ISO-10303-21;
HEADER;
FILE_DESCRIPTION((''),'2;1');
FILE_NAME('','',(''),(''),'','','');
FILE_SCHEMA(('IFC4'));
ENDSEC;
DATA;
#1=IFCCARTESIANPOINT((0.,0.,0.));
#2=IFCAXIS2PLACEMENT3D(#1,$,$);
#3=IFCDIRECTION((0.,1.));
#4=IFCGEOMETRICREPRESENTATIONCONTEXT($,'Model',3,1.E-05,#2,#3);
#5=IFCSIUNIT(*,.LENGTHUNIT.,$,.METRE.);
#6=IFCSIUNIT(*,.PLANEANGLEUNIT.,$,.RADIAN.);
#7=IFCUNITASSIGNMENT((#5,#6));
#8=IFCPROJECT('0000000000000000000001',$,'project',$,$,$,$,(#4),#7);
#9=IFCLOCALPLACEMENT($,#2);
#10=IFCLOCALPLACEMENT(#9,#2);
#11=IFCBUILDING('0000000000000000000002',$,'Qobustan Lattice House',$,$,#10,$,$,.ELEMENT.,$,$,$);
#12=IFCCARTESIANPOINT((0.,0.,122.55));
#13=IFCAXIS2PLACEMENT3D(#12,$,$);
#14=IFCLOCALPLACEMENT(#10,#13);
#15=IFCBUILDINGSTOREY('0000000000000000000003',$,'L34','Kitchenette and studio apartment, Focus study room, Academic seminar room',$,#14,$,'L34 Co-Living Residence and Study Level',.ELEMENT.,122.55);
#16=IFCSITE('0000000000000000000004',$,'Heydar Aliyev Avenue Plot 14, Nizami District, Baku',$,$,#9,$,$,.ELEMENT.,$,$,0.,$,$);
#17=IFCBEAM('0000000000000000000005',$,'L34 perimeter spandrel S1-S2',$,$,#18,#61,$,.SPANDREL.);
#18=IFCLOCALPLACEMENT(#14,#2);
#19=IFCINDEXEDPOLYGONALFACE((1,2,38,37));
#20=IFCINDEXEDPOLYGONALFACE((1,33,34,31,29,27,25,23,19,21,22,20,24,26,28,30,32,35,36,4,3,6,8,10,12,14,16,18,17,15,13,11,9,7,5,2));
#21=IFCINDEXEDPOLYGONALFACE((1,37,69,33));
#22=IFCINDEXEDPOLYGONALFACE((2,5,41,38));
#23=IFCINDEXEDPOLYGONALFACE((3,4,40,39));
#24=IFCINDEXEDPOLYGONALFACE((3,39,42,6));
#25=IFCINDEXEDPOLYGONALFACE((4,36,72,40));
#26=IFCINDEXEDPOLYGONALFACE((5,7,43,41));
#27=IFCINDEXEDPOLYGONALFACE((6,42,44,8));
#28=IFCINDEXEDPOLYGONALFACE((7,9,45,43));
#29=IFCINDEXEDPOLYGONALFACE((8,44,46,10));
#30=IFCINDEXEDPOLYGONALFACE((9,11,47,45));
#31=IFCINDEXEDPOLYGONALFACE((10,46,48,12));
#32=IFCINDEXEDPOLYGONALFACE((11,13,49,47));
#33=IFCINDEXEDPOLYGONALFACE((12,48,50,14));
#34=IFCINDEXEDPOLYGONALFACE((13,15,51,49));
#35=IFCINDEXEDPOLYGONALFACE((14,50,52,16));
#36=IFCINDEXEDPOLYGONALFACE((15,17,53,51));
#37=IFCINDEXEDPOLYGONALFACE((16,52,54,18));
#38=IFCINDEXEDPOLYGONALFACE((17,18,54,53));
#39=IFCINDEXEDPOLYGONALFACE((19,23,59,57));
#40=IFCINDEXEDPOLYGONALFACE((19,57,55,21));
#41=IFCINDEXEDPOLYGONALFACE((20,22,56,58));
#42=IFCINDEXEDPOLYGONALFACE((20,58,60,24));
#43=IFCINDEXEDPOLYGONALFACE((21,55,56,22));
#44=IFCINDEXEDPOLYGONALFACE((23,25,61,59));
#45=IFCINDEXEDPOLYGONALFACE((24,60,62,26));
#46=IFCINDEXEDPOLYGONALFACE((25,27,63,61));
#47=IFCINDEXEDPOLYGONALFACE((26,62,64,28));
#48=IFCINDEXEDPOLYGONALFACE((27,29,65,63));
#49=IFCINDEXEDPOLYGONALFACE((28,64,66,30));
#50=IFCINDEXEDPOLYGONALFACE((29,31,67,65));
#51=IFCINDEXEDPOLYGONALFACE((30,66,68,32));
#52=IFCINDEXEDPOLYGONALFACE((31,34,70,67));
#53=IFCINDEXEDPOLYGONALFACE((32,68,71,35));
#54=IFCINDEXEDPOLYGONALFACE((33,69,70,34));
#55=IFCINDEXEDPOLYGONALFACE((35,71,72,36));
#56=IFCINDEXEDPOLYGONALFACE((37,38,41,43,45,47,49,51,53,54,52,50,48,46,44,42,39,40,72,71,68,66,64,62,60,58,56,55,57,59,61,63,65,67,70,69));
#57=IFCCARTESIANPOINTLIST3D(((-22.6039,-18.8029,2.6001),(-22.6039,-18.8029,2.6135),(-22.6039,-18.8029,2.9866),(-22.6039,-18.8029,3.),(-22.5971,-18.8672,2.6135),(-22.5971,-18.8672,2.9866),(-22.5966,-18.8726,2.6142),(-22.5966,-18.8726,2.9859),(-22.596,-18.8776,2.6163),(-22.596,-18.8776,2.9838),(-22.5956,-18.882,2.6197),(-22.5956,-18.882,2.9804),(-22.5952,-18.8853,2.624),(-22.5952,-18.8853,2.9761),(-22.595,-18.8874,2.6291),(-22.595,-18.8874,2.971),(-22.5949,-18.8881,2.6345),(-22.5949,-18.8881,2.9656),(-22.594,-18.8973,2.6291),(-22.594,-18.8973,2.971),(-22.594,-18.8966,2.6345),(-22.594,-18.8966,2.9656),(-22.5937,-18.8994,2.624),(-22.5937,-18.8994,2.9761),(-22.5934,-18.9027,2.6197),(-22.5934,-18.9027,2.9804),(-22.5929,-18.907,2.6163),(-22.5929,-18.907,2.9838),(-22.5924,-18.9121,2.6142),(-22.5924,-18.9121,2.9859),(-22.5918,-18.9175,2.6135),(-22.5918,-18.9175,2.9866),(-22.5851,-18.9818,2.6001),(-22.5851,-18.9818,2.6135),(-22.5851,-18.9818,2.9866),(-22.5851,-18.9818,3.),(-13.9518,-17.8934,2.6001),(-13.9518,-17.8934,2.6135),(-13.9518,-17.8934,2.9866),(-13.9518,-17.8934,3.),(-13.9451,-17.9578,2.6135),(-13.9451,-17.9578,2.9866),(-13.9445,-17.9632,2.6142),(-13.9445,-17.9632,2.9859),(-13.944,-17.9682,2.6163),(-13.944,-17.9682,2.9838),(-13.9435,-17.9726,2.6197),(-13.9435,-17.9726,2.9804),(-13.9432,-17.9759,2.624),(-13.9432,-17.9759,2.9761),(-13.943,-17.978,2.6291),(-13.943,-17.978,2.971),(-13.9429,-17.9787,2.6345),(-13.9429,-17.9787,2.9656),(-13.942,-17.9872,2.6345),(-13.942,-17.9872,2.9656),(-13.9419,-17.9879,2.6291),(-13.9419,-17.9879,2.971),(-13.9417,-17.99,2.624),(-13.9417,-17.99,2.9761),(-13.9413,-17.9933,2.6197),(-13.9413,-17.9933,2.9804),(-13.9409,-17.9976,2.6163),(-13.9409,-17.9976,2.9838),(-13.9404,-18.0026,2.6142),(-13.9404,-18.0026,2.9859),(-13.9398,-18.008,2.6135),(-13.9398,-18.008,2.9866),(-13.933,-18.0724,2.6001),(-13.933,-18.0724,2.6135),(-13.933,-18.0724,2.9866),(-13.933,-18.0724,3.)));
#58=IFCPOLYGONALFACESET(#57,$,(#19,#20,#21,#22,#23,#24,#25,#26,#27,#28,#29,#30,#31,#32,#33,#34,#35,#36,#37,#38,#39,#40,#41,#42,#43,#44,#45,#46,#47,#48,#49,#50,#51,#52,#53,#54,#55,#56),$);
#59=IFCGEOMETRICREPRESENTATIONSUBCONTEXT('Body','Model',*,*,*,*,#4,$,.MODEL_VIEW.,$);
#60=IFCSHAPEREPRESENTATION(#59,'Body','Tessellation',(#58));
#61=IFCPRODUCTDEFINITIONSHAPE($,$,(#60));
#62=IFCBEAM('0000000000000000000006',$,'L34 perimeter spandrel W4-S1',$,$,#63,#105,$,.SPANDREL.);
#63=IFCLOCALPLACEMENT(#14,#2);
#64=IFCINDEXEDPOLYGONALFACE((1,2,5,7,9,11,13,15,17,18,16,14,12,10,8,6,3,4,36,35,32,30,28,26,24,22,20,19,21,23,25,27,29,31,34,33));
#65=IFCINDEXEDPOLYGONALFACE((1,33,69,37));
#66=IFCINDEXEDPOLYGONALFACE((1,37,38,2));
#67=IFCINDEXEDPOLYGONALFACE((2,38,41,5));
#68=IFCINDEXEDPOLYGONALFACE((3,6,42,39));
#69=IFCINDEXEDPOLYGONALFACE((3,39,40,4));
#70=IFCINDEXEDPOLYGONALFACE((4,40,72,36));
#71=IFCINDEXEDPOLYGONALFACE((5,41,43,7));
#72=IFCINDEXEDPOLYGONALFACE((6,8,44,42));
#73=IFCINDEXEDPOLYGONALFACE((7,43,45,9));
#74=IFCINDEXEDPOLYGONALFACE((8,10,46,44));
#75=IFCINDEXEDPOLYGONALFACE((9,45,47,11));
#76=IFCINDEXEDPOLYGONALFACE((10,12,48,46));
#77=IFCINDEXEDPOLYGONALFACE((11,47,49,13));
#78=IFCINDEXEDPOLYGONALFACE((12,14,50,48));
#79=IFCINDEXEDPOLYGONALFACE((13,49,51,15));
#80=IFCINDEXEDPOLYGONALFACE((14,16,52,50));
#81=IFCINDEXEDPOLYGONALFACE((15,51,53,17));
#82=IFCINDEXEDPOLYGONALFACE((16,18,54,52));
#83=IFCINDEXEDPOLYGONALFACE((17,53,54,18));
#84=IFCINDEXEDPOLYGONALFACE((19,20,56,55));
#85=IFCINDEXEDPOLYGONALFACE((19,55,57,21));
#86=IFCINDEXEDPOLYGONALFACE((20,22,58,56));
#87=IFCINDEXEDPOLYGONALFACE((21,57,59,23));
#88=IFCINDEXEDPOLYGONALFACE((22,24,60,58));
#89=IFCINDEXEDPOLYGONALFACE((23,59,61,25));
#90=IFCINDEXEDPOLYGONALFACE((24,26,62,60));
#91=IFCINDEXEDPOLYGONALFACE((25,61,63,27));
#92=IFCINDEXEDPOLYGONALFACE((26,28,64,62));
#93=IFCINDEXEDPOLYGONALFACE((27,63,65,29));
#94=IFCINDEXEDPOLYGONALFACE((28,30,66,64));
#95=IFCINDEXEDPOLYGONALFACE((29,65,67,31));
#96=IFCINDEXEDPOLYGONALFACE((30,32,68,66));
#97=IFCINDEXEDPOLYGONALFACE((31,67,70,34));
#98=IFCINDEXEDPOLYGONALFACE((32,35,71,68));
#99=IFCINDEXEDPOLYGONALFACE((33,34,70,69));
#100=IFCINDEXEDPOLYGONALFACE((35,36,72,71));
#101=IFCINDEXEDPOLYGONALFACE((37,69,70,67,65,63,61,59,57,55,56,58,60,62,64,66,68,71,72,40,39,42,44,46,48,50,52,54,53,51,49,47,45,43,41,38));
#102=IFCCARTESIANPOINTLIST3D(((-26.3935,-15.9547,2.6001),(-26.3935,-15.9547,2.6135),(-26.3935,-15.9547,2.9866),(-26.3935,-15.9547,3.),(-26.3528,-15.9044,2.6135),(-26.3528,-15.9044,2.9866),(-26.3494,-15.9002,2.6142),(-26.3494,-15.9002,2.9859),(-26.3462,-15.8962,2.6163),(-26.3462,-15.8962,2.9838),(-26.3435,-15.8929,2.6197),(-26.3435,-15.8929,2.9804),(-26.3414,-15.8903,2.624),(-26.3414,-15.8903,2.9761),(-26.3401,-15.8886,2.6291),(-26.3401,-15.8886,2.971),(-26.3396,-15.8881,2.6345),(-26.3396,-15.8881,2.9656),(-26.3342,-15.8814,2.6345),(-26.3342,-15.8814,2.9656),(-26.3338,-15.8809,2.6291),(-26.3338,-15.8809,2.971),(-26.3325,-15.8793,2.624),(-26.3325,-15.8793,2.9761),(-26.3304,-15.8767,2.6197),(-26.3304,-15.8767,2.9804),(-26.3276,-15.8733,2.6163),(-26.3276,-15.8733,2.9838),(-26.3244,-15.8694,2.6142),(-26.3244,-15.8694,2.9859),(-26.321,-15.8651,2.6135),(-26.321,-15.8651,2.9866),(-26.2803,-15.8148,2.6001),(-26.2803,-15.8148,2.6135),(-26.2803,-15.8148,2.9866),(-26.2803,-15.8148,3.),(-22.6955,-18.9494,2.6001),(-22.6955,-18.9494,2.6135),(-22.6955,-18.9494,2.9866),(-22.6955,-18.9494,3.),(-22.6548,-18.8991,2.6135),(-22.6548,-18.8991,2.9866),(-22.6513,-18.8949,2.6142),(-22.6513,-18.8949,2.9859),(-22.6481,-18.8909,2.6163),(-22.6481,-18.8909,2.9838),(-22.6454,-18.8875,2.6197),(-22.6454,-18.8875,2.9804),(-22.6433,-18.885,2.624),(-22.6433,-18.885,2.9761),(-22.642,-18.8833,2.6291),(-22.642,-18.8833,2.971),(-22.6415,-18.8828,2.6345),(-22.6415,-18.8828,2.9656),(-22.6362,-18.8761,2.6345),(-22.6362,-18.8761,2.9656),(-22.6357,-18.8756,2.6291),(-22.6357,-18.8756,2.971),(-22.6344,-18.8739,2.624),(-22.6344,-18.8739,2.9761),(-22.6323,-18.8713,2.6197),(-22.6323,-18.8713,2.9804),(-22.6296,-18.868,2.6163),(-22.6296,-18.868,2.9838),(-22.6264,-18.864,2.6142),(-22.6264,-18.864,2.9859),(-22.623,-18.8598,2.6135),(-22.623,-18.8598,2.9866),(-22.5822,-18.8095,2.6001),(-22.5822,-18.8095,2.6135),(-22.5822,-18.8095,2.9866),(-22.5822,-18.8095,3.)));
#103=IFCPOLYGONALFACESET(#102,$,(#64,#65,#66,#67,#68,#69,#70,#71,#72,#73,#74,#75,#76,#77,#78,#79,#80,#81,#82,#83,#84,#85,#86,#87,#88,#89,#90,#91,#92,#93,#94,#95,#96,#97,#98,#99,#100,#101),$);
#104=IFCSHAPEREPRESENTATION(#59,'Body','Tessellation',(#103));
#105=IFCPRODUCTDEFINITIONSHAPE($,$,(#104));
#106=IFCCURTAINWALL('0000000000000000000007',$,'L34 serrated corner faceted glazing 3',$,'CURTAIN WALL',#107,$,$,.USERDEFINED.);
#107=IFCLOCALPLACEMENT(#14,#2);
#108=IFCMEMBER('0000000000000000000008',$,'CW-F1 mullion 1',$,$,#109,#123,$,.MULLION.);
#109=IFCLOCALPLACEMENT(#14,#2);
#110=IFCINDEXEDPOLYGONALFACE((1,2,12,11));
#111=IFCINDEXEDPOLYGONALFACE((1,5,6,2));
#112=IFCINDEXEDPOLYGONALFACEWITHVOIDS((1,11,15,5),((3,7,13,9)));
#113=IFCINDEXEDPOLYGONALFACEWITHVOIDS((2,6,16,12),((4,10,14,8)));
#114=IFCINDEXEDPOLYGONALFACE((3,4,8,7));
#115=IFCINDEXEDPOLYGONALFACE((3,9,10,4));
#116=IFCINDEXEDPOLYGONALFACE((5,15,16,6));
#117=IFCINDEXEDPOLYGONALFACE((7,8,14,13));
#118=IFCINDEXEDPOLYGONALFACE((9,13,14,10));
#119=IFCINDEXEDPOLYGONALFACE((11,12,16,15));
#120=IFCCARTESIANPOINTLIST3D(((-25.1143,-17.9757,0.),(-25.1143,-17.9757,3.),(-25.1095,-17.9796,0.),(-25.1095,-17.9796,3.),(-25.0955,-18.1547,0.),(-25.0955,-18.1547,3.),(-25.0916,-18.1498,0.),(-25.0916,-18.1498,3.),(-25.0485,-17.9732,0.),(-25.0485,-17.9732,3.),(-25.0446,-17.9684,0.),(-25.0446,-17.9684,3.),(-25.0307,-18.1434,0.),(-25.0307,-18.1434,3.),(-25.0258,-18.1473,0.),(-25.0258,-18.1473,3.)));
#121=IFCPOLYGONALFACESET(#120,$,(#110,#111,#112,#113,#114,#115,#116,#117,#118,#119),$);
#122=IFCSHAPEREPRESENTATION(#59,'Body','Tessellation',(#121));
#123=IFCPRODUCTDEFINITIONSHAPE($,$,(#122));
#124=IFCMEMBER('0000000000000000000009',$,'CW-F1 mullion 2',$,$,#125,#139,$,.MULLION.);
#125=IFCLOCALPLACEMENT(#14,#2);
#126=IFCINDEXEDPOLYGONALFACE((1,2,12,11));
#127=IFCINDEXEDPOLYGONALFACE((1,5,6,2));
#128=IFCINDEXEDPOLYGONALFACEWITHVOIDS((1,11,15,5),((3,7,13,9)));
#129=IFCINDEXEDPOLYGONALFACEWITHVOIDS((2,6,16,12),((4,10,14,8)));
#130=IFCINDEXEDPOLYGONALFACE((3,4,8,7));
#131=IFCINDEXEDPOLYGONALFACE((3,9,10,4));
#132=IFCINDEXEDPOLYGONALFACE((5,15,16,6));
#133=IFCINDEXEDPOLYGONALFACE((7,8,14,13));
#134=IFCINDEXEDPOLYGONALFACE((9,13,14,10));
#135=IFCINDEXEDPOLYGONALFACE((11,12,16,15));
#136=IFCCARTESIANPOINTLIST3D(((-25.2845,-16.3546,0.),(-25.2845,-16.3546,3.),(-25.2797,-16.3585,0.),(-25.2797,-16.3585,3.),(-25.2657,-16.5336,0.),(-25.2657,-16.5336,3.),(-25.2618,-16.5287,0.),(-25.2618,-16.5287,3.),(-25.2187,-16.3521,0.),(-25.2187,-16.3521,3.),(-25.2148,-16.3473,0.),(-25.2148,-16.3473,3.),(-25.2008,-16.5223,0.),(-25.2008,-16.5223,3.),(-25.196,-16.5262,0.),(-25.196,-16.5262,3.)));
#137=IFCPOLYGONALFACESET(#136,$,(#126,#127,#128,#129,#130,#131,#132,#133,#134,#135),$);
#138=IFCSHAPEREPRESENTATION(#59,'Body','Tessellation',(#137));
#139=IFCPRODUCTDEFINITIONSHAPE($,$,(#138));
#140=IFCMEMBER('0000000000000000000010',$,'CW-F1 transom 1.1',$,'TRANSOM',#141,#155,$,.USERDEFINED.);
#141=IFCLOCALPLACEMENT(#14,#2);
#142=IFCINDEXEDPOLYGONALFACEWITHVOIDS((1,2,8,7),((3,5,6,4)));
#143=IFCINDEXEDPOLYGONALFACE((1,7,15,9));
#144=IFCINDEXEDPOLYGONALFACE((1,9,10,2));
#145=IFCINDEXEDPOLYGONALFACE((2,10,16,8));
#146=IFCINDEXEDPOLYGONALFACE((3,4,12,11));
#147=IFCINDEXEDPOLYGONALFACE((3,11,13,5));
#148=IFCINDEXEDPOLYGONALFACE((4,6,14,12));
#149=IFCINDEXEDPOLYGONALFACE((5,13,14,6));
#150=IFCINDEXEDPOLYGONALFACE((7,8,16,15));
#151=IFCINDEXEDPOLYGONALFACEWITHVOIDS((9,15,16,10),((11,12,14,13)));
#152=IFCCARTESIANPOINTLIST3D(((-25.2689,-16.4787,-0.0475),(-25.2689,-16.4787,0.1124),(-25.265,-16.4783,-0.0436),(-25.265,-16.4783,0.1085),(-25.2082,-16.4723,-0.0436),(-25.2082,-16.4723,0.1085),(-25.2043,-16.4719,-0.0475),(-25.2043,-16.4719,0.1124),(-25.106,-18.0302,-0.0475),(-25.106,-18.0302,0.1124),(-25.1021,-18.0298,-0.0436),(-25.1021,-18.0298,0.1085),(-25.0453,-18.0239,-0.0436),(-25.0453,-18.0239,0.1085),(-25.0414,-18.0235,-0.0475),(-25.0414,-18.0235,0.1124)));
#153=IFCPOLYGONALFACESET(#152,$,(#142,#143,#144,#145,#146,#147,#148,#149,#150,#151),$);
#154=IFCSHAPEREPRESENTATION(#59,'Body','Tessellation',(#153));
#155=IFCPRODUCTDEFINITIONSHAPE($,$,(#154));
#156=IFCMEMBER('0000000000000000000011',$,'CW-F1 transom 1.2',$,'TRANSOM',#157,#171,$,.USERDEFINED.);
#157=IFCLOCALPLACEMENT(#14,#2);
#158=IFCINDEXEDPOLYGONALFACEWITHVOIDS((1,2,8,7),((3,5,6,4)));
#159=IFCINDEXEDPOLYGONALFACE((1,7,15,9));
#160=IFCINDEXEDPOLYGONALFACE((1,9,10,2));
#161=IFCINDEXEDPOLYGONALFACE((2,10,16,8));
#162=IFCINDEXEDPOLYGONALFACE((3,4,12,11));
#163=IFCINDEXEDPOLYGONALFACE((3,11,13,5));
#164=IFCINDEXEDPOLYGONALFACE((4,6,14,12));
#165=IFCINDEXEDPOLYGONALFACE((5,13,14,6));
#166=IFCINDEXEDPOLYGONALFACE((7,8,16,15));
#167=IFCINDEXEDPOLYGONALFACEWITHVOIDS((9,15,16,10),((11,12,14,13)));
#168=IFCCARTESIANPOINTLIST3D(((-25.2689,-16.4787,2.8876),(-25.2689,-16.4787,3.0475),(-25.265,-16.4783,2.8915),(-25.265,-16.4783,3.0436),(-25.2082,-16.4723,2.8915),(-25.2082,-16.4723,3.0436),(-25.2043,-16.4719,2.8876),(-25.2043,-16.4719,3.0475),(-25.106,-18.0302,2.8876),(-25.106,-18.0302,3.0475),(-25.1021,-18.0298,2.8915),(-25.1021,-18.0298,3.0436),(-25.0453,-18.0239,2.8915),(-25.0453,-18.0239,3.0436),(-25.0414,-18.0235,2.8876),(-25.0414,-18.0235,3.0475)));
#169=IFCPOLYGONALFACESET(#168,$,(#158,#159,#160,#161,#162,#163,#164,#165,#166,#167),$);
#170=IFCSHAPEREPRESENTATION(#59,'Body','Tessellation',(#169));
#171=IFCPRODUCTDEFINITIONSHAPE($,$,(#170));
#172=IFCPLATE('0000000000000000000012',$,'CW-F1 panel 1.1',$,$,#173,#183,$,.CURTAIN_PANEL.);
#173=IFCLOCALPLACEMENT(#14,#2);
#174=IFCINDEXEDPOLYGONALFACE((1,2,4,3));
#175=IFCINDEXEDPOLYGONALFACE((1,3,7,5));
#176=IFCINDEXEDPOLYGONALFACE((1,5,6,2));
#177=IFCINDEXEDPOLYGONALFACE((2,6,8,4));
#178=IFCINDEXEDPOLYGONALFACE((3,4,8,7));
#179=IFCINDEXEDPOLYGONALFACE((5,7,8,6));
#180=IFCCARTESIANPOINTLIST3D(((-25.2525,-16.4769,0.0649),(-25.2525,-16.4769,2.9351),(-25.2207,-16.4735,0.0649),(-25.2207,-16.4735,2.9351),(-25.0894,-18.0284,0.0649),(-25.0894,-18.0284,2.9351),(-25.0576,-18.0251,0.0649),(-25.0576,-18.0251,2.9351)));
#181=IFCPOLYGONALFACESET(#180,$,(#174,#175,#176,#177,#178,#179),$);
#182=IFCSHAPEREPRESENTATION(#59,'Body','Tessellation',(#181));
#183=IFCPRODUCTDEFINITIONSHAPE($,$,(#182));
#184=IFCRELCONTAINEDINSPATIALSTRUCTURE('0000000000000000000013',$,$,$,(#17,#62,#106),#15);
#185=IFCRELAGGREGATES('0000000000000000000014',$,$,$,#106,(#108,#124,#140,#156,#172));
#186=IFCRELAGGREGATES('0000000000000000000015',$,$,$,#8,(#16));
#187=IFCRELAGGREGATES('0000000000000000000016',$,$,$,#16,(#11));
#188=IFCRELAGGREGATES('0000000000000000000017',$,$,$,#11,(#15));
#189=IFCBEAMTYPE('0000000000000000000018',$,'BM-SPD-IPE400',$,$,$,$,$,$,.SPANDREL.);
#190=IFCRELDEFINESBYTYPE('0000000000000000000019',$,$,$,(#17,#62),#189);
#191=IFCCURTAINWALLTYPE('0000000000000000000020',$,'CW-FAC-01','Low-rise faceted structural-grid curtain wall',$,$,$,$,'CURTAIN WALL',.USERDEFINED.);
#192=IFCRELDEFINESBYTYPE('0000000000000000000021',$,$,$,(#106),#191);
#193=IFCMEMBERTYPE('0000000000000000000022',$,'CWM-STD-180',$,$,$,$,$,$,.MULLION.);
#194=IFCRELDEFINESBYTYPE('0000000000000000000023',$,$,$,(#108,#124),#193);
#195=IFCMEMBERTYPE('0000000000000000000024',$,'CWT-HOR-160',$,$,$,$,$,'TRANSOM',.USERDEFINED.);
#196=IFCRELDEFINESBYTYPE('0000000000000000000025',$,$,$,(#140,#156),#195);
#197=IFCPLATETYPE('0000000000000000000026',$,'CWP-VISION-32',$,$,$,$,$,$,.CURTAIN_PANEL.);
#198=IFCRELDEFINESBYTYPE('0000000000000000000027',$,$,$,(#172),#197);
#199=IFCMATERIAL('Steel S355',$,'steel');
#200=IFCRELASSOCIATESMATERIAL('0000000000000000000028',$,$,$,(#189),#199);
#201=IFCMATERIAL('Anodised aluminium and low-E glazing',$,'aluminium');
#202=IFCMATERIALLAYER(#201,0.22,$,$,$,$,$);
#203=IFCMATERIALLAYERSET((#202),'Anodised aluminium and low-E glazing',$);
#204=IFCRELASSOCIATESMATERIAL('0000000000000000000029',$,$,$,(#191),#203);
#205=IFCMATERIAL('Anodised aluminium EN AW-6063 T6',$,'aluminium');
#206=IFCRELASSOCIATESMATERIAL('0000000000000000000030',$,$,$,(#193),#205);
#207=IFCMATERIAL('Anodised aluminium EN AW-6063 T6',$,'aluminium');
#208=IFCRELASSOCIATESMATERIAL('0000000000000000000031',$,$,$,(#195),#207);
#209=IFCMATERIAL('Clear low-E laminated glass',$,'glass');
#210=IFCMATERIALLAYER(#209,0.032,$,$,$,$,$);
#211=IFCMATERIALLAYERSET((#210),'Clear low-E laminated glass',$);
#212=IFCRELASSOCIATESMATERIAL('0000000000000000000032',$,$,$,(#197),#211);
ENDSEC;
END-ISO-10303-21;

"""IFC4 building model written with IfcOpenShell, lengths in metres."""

from ifc_helpers import new_model, si_unit, direction, frame, origin, origin_2d, place, context, subcontext, project, spatial, rectangle, hollow_rectangle, i_section, extrude, material, layer, layer_set, material_profile, profile_set, type_object, element, aggregate, save


model = new_model("IFC4")

# Units and contexts
model_context = context("Model", 3, precision=1e-05, world=origin(), true_north=direction((0.0, 1.0)))
body_context = subcontext(model_context, "Body", "Model", "MODEL_VIEW")
ifc_project = project(units=[si_unit("LENGTHUNIT", "METRE"), si_unit("PLANEANGLEUNIT", "RADIAN")], contexts=[model_context])

# Site, building, storey
site_placement = place(None, origin())
site = spatial("IfcSite", under=ifc_project, at=site_placement, Name="Heydar Aliyev Avenue Plot 14, Nizami District, Baku", CompositionType="ELEMENT", RefElevation=0.0)
building_placement = place(site_placement, origin())
building = spatial("IfcBuilding", under=site, at=building_placement, Name="Qobustan Lattice House", CompositionType="ELEMENT")
storey_placement = place(building_placement, frame((0.0, 0.0, 122.55)))
storey = spatial("IfcBuildingStorey", under=building, at=storey_placement, Name="L34", Description="Kitchenette and studio apartment, Focus study room, Academic seminar room", LongName="L34 Co-Living Residence and Study Level", CompositionType="ELEMENT", Elevation=122.55)

# Beams
ifc_material_1 = material(Name="Steel S355", Category="steel")
ifc_material_profile_1 = material_profile(ifc_material_1, i_section(OverallWidth=0.1799, OverallDepth=0.3999, WebThickness=0.0085, FlangeThickness=0.0134, FilletRadius=0.021, at=origin_2d()), Name="IPE400")
ifc_profile_set_1 = profile_set([ifc_material_profile_1], Name="Steel S355")
beam_type_1 = type_object("IfcBeamType", Name="BM-SPD-IPE400", PredefinedType="SPANDREL", material=ifc_profile_set_1)
beam_1_placement = place(storey_placement, frame((-22.5945, -18.8923, 2.8), z_axis=(0.994521, 0.104534, 0.0), x_axis=(-0.104534, 0.994521, 0.0)))
element("IfcBeam", 1, at=beam_1_placement, inside=storey, type_object=beam_type_1, Name="L34 perimeter spandrel S1-S2", PredefinedType="SPANDREL", context=body_context, shape_type="SweptSolid", body=[
    extrude(i_section(OverallWidth=0.1799, OverallDepth=0.3999, WebThickness=0.0085, FlangeThickness=0.0134, FilletRadius=0.021, at=origin_2d()), origin(), (0.0, 0.0, 1.0), 8.6997),
])
beam_2_placement = place(storey_placement, frame((-26.3369, -15.8848, 2.8), z_axis=(0.777141, -0.629327, 0.0), x_axis=(0.629327, 0.777141, 0.0)))
element("IfcBeam", 2, at=beam_2_placement, inside=storey, type_object=beam_type_1, Name="L34 perimeter spandrel W4-S1", PredefinedType="SPANDREL", context=body_context, shape_type="SweptSolid", body=[
    extrude(i_section(OverallWidth=0.1799, OverallDepth=0.3999, WebThickness=0.0085, FlangeThickness=0.0134, FilletRadius=0.021, at=origin_2d()), origin(), (0.0, 0.0, 1.0), 4.7585),
])

# Curtain wall, members, plate
ifc_material_2 = material(Name="Anodised aluminium and low-E glazing", Category="aluminium")
ifc_layer_1 = layer(ifc_material_2, 0.22)
ifc_layer_set_1 = layer_set([ifc_layer_1], Name="Anodised aluminium and low-E glazing")
curtain_wall_type = type_object("IfcCurtainWallType", Name="CW-FAC-01", Description="Low-rise faceted structural-grid curtain wall", ElementType="CURTAIN WALL", PredefinedType="USERDEFINED", material=ifc_layer_set_1)
curtain_wall_placement = place(storey_placement, origin())
curtain_wall = element("IfcCurtainWall", 3, at=curtain_wall_placement, inside=storey, type_object=curtain_wall_type, Name="L34 serrated corner faceted glazing 3", ObjectType="CURTAIN WALL", PredefinedType="USERDEFINED")
ifc_material_3 = material(Name="Anodised aluminium EN AW-6063 T6", Category="aluminium")
ifc_material_profile_2 = material_profile(ifc_material_3, hollow_rectangle(XDim=0.0701, YDim=0.1799, WallThickness=0.0044, at=origin_2d()), Name="CWM-180x70")
ifc_profile_set_2 = profile_set([ifc_material_profile_2], Name="Anodised aluminium EN AW-6063 T6")
member_type_1 = type_object("IfcMemberType", Name="CWM-STD-180", PredefinedType="MULLION", material=ifc_profile_set_2)
member_1_placement = place(storey_placement, frame((-25.0701, -18.0615, 0.0), z_axis=(0.0, 0.0, 1.0), x_axis=(-0.994522, -0.104529, 0.0)))
member_1 = element("IfcMember", 4, at=member_1_placement, type_object=member_type_1, Name="CW-F1 mullion 1", PredefinedType="MULLION", context=body_context, shape_type="SweptSolid", body=[
    extrude(hollow_rectangle(XDim=0.0701, YDim=0.1799, WallThickness=0.0044, at=origin_2d()), origin(), (0.0, 0.0, 1.0), 3.0),
])
member_2_placement = place(storey_placement, frame((-25.2402, -16.4404, 0.0), z_axis=(0.0, 0.0, 1.0), x_axis=(-0.994522, -0.104529, 0.0)))
member_2 = element("IfcMember", 5, at=member_2_placement, type_object=member_type_1, Name="CW-F1 mullion 2", PredefinedType="MULLION", context=body_context, shape_type="SweptSolid", body=[
    extrude(hollow_rectangle(XDim=0.0701, YDim=0.1799, WallThickness=0.0044, at=origin_2d()), origin(), (0.0, 0.0, 1.0), 3.0),
])
ifc_material_4 = material(Name="Anodised aluminium EN AW-6063 T6", Category="aluminium")
ifc_material_profile_3 = material_profile(ifc_material_4, hollow_rectangle(XDim=0.0649, YDim=0.1599, WallThickness=0.0039, at=origin_2d()), Name="CWT-160x65")
ifc_profile_set_3 = profile_set([ifc_material_profile_3], Name="Anodised aluminium EN AW-6063 T6")
member_type_2 = type_object("IfcMemberType", Name="CWT-HOR-160", ElementType="TRANSOM", PredefinedType="USERDEFINED", material=ifc_profile_set_3)
member_3_placement = place(storey_placement, frame((-25.0737, -18.0269, 0.0325), z_axis=(-0.104383, 0.994537, 0.0), x_axis=(-0.994537, -0.104383, 0.0)))
member_3 = element("IfcMember", 6, at=member_3_placement, type_object=member_type_2, Name="CW-F1 transom 1.1", ObjectType="TRANSOM", PredefinedType="USERDEFINED", context=body_context, shape_type="SweptSolid", body=[
    extrude(hollow_rectangle(XDim=0.0649, YDim=0.1599, WallThickness=0.0039, at=origin_2d()), origin(), (0.0, 0.0, 1.0), 1.5601),
])
member_4_placement = place(storey_placement, frame((-25.0737, -18.0269, 2.9675), z_axis=(-0.104383, 0.994537, 0.0), x_axis=(-0.994537, -0.104383, 0.0)))
member_4 = element("IfcMember", 7, at=member_4_placement, type_object=member_type_2, Name="CW-F1 transom 1.2", ObjectType="TRANSOM", PredefinedType="USERDEFINED", context=body_context, shape_type="SweptSolid", body=[
    extrude(hollow_rectangle(XDim=0.0649, YDim=0.1599, WallThickness=0.0039, at=origin_2d()), origin(), (0.0, 0.0, 1.0), 1.5601),
])
ifc_material_5 = material(Name="Clear low-E laminated glass", Category="glass")
ifc_layer_2 = layer(ifc_material_5, 0.032)
ifc_layer_set_2 = layer_set([ifc_layer_2], Name="Clear low-E laminated glass")
plate_type = type_object("IfcPlateType", Name="CWP-VISION-32", PredefinedType="CURTAIN_PANEL", material=ifc_layer_set_2)
plate_placement = place(storey_placement, frame((-25.155, -17.251, 0.0649), z_axis=(0.0, 0.0, 1.0), x_axis=(-0.104529, 0.994522, 0.0)))
plate = element("IfcPlate", 8, at=plate_placement, type_object=plate_type, Name="CW-F1 panel 1.1", PredefinedType="CURTAIN_PANEL", context=body_context, shape_type="SweptSolid", body=[
    extrude(rectangle(XDim=1.5601, YDim=0.032, at=origin_2d()), origin(), (0.0, 0.0, 1.0), 2.8701),
])
aggregate(curtain_wall, [member_1, member_2, member_3, member_4, plate])

save(model, "model.ifc")
